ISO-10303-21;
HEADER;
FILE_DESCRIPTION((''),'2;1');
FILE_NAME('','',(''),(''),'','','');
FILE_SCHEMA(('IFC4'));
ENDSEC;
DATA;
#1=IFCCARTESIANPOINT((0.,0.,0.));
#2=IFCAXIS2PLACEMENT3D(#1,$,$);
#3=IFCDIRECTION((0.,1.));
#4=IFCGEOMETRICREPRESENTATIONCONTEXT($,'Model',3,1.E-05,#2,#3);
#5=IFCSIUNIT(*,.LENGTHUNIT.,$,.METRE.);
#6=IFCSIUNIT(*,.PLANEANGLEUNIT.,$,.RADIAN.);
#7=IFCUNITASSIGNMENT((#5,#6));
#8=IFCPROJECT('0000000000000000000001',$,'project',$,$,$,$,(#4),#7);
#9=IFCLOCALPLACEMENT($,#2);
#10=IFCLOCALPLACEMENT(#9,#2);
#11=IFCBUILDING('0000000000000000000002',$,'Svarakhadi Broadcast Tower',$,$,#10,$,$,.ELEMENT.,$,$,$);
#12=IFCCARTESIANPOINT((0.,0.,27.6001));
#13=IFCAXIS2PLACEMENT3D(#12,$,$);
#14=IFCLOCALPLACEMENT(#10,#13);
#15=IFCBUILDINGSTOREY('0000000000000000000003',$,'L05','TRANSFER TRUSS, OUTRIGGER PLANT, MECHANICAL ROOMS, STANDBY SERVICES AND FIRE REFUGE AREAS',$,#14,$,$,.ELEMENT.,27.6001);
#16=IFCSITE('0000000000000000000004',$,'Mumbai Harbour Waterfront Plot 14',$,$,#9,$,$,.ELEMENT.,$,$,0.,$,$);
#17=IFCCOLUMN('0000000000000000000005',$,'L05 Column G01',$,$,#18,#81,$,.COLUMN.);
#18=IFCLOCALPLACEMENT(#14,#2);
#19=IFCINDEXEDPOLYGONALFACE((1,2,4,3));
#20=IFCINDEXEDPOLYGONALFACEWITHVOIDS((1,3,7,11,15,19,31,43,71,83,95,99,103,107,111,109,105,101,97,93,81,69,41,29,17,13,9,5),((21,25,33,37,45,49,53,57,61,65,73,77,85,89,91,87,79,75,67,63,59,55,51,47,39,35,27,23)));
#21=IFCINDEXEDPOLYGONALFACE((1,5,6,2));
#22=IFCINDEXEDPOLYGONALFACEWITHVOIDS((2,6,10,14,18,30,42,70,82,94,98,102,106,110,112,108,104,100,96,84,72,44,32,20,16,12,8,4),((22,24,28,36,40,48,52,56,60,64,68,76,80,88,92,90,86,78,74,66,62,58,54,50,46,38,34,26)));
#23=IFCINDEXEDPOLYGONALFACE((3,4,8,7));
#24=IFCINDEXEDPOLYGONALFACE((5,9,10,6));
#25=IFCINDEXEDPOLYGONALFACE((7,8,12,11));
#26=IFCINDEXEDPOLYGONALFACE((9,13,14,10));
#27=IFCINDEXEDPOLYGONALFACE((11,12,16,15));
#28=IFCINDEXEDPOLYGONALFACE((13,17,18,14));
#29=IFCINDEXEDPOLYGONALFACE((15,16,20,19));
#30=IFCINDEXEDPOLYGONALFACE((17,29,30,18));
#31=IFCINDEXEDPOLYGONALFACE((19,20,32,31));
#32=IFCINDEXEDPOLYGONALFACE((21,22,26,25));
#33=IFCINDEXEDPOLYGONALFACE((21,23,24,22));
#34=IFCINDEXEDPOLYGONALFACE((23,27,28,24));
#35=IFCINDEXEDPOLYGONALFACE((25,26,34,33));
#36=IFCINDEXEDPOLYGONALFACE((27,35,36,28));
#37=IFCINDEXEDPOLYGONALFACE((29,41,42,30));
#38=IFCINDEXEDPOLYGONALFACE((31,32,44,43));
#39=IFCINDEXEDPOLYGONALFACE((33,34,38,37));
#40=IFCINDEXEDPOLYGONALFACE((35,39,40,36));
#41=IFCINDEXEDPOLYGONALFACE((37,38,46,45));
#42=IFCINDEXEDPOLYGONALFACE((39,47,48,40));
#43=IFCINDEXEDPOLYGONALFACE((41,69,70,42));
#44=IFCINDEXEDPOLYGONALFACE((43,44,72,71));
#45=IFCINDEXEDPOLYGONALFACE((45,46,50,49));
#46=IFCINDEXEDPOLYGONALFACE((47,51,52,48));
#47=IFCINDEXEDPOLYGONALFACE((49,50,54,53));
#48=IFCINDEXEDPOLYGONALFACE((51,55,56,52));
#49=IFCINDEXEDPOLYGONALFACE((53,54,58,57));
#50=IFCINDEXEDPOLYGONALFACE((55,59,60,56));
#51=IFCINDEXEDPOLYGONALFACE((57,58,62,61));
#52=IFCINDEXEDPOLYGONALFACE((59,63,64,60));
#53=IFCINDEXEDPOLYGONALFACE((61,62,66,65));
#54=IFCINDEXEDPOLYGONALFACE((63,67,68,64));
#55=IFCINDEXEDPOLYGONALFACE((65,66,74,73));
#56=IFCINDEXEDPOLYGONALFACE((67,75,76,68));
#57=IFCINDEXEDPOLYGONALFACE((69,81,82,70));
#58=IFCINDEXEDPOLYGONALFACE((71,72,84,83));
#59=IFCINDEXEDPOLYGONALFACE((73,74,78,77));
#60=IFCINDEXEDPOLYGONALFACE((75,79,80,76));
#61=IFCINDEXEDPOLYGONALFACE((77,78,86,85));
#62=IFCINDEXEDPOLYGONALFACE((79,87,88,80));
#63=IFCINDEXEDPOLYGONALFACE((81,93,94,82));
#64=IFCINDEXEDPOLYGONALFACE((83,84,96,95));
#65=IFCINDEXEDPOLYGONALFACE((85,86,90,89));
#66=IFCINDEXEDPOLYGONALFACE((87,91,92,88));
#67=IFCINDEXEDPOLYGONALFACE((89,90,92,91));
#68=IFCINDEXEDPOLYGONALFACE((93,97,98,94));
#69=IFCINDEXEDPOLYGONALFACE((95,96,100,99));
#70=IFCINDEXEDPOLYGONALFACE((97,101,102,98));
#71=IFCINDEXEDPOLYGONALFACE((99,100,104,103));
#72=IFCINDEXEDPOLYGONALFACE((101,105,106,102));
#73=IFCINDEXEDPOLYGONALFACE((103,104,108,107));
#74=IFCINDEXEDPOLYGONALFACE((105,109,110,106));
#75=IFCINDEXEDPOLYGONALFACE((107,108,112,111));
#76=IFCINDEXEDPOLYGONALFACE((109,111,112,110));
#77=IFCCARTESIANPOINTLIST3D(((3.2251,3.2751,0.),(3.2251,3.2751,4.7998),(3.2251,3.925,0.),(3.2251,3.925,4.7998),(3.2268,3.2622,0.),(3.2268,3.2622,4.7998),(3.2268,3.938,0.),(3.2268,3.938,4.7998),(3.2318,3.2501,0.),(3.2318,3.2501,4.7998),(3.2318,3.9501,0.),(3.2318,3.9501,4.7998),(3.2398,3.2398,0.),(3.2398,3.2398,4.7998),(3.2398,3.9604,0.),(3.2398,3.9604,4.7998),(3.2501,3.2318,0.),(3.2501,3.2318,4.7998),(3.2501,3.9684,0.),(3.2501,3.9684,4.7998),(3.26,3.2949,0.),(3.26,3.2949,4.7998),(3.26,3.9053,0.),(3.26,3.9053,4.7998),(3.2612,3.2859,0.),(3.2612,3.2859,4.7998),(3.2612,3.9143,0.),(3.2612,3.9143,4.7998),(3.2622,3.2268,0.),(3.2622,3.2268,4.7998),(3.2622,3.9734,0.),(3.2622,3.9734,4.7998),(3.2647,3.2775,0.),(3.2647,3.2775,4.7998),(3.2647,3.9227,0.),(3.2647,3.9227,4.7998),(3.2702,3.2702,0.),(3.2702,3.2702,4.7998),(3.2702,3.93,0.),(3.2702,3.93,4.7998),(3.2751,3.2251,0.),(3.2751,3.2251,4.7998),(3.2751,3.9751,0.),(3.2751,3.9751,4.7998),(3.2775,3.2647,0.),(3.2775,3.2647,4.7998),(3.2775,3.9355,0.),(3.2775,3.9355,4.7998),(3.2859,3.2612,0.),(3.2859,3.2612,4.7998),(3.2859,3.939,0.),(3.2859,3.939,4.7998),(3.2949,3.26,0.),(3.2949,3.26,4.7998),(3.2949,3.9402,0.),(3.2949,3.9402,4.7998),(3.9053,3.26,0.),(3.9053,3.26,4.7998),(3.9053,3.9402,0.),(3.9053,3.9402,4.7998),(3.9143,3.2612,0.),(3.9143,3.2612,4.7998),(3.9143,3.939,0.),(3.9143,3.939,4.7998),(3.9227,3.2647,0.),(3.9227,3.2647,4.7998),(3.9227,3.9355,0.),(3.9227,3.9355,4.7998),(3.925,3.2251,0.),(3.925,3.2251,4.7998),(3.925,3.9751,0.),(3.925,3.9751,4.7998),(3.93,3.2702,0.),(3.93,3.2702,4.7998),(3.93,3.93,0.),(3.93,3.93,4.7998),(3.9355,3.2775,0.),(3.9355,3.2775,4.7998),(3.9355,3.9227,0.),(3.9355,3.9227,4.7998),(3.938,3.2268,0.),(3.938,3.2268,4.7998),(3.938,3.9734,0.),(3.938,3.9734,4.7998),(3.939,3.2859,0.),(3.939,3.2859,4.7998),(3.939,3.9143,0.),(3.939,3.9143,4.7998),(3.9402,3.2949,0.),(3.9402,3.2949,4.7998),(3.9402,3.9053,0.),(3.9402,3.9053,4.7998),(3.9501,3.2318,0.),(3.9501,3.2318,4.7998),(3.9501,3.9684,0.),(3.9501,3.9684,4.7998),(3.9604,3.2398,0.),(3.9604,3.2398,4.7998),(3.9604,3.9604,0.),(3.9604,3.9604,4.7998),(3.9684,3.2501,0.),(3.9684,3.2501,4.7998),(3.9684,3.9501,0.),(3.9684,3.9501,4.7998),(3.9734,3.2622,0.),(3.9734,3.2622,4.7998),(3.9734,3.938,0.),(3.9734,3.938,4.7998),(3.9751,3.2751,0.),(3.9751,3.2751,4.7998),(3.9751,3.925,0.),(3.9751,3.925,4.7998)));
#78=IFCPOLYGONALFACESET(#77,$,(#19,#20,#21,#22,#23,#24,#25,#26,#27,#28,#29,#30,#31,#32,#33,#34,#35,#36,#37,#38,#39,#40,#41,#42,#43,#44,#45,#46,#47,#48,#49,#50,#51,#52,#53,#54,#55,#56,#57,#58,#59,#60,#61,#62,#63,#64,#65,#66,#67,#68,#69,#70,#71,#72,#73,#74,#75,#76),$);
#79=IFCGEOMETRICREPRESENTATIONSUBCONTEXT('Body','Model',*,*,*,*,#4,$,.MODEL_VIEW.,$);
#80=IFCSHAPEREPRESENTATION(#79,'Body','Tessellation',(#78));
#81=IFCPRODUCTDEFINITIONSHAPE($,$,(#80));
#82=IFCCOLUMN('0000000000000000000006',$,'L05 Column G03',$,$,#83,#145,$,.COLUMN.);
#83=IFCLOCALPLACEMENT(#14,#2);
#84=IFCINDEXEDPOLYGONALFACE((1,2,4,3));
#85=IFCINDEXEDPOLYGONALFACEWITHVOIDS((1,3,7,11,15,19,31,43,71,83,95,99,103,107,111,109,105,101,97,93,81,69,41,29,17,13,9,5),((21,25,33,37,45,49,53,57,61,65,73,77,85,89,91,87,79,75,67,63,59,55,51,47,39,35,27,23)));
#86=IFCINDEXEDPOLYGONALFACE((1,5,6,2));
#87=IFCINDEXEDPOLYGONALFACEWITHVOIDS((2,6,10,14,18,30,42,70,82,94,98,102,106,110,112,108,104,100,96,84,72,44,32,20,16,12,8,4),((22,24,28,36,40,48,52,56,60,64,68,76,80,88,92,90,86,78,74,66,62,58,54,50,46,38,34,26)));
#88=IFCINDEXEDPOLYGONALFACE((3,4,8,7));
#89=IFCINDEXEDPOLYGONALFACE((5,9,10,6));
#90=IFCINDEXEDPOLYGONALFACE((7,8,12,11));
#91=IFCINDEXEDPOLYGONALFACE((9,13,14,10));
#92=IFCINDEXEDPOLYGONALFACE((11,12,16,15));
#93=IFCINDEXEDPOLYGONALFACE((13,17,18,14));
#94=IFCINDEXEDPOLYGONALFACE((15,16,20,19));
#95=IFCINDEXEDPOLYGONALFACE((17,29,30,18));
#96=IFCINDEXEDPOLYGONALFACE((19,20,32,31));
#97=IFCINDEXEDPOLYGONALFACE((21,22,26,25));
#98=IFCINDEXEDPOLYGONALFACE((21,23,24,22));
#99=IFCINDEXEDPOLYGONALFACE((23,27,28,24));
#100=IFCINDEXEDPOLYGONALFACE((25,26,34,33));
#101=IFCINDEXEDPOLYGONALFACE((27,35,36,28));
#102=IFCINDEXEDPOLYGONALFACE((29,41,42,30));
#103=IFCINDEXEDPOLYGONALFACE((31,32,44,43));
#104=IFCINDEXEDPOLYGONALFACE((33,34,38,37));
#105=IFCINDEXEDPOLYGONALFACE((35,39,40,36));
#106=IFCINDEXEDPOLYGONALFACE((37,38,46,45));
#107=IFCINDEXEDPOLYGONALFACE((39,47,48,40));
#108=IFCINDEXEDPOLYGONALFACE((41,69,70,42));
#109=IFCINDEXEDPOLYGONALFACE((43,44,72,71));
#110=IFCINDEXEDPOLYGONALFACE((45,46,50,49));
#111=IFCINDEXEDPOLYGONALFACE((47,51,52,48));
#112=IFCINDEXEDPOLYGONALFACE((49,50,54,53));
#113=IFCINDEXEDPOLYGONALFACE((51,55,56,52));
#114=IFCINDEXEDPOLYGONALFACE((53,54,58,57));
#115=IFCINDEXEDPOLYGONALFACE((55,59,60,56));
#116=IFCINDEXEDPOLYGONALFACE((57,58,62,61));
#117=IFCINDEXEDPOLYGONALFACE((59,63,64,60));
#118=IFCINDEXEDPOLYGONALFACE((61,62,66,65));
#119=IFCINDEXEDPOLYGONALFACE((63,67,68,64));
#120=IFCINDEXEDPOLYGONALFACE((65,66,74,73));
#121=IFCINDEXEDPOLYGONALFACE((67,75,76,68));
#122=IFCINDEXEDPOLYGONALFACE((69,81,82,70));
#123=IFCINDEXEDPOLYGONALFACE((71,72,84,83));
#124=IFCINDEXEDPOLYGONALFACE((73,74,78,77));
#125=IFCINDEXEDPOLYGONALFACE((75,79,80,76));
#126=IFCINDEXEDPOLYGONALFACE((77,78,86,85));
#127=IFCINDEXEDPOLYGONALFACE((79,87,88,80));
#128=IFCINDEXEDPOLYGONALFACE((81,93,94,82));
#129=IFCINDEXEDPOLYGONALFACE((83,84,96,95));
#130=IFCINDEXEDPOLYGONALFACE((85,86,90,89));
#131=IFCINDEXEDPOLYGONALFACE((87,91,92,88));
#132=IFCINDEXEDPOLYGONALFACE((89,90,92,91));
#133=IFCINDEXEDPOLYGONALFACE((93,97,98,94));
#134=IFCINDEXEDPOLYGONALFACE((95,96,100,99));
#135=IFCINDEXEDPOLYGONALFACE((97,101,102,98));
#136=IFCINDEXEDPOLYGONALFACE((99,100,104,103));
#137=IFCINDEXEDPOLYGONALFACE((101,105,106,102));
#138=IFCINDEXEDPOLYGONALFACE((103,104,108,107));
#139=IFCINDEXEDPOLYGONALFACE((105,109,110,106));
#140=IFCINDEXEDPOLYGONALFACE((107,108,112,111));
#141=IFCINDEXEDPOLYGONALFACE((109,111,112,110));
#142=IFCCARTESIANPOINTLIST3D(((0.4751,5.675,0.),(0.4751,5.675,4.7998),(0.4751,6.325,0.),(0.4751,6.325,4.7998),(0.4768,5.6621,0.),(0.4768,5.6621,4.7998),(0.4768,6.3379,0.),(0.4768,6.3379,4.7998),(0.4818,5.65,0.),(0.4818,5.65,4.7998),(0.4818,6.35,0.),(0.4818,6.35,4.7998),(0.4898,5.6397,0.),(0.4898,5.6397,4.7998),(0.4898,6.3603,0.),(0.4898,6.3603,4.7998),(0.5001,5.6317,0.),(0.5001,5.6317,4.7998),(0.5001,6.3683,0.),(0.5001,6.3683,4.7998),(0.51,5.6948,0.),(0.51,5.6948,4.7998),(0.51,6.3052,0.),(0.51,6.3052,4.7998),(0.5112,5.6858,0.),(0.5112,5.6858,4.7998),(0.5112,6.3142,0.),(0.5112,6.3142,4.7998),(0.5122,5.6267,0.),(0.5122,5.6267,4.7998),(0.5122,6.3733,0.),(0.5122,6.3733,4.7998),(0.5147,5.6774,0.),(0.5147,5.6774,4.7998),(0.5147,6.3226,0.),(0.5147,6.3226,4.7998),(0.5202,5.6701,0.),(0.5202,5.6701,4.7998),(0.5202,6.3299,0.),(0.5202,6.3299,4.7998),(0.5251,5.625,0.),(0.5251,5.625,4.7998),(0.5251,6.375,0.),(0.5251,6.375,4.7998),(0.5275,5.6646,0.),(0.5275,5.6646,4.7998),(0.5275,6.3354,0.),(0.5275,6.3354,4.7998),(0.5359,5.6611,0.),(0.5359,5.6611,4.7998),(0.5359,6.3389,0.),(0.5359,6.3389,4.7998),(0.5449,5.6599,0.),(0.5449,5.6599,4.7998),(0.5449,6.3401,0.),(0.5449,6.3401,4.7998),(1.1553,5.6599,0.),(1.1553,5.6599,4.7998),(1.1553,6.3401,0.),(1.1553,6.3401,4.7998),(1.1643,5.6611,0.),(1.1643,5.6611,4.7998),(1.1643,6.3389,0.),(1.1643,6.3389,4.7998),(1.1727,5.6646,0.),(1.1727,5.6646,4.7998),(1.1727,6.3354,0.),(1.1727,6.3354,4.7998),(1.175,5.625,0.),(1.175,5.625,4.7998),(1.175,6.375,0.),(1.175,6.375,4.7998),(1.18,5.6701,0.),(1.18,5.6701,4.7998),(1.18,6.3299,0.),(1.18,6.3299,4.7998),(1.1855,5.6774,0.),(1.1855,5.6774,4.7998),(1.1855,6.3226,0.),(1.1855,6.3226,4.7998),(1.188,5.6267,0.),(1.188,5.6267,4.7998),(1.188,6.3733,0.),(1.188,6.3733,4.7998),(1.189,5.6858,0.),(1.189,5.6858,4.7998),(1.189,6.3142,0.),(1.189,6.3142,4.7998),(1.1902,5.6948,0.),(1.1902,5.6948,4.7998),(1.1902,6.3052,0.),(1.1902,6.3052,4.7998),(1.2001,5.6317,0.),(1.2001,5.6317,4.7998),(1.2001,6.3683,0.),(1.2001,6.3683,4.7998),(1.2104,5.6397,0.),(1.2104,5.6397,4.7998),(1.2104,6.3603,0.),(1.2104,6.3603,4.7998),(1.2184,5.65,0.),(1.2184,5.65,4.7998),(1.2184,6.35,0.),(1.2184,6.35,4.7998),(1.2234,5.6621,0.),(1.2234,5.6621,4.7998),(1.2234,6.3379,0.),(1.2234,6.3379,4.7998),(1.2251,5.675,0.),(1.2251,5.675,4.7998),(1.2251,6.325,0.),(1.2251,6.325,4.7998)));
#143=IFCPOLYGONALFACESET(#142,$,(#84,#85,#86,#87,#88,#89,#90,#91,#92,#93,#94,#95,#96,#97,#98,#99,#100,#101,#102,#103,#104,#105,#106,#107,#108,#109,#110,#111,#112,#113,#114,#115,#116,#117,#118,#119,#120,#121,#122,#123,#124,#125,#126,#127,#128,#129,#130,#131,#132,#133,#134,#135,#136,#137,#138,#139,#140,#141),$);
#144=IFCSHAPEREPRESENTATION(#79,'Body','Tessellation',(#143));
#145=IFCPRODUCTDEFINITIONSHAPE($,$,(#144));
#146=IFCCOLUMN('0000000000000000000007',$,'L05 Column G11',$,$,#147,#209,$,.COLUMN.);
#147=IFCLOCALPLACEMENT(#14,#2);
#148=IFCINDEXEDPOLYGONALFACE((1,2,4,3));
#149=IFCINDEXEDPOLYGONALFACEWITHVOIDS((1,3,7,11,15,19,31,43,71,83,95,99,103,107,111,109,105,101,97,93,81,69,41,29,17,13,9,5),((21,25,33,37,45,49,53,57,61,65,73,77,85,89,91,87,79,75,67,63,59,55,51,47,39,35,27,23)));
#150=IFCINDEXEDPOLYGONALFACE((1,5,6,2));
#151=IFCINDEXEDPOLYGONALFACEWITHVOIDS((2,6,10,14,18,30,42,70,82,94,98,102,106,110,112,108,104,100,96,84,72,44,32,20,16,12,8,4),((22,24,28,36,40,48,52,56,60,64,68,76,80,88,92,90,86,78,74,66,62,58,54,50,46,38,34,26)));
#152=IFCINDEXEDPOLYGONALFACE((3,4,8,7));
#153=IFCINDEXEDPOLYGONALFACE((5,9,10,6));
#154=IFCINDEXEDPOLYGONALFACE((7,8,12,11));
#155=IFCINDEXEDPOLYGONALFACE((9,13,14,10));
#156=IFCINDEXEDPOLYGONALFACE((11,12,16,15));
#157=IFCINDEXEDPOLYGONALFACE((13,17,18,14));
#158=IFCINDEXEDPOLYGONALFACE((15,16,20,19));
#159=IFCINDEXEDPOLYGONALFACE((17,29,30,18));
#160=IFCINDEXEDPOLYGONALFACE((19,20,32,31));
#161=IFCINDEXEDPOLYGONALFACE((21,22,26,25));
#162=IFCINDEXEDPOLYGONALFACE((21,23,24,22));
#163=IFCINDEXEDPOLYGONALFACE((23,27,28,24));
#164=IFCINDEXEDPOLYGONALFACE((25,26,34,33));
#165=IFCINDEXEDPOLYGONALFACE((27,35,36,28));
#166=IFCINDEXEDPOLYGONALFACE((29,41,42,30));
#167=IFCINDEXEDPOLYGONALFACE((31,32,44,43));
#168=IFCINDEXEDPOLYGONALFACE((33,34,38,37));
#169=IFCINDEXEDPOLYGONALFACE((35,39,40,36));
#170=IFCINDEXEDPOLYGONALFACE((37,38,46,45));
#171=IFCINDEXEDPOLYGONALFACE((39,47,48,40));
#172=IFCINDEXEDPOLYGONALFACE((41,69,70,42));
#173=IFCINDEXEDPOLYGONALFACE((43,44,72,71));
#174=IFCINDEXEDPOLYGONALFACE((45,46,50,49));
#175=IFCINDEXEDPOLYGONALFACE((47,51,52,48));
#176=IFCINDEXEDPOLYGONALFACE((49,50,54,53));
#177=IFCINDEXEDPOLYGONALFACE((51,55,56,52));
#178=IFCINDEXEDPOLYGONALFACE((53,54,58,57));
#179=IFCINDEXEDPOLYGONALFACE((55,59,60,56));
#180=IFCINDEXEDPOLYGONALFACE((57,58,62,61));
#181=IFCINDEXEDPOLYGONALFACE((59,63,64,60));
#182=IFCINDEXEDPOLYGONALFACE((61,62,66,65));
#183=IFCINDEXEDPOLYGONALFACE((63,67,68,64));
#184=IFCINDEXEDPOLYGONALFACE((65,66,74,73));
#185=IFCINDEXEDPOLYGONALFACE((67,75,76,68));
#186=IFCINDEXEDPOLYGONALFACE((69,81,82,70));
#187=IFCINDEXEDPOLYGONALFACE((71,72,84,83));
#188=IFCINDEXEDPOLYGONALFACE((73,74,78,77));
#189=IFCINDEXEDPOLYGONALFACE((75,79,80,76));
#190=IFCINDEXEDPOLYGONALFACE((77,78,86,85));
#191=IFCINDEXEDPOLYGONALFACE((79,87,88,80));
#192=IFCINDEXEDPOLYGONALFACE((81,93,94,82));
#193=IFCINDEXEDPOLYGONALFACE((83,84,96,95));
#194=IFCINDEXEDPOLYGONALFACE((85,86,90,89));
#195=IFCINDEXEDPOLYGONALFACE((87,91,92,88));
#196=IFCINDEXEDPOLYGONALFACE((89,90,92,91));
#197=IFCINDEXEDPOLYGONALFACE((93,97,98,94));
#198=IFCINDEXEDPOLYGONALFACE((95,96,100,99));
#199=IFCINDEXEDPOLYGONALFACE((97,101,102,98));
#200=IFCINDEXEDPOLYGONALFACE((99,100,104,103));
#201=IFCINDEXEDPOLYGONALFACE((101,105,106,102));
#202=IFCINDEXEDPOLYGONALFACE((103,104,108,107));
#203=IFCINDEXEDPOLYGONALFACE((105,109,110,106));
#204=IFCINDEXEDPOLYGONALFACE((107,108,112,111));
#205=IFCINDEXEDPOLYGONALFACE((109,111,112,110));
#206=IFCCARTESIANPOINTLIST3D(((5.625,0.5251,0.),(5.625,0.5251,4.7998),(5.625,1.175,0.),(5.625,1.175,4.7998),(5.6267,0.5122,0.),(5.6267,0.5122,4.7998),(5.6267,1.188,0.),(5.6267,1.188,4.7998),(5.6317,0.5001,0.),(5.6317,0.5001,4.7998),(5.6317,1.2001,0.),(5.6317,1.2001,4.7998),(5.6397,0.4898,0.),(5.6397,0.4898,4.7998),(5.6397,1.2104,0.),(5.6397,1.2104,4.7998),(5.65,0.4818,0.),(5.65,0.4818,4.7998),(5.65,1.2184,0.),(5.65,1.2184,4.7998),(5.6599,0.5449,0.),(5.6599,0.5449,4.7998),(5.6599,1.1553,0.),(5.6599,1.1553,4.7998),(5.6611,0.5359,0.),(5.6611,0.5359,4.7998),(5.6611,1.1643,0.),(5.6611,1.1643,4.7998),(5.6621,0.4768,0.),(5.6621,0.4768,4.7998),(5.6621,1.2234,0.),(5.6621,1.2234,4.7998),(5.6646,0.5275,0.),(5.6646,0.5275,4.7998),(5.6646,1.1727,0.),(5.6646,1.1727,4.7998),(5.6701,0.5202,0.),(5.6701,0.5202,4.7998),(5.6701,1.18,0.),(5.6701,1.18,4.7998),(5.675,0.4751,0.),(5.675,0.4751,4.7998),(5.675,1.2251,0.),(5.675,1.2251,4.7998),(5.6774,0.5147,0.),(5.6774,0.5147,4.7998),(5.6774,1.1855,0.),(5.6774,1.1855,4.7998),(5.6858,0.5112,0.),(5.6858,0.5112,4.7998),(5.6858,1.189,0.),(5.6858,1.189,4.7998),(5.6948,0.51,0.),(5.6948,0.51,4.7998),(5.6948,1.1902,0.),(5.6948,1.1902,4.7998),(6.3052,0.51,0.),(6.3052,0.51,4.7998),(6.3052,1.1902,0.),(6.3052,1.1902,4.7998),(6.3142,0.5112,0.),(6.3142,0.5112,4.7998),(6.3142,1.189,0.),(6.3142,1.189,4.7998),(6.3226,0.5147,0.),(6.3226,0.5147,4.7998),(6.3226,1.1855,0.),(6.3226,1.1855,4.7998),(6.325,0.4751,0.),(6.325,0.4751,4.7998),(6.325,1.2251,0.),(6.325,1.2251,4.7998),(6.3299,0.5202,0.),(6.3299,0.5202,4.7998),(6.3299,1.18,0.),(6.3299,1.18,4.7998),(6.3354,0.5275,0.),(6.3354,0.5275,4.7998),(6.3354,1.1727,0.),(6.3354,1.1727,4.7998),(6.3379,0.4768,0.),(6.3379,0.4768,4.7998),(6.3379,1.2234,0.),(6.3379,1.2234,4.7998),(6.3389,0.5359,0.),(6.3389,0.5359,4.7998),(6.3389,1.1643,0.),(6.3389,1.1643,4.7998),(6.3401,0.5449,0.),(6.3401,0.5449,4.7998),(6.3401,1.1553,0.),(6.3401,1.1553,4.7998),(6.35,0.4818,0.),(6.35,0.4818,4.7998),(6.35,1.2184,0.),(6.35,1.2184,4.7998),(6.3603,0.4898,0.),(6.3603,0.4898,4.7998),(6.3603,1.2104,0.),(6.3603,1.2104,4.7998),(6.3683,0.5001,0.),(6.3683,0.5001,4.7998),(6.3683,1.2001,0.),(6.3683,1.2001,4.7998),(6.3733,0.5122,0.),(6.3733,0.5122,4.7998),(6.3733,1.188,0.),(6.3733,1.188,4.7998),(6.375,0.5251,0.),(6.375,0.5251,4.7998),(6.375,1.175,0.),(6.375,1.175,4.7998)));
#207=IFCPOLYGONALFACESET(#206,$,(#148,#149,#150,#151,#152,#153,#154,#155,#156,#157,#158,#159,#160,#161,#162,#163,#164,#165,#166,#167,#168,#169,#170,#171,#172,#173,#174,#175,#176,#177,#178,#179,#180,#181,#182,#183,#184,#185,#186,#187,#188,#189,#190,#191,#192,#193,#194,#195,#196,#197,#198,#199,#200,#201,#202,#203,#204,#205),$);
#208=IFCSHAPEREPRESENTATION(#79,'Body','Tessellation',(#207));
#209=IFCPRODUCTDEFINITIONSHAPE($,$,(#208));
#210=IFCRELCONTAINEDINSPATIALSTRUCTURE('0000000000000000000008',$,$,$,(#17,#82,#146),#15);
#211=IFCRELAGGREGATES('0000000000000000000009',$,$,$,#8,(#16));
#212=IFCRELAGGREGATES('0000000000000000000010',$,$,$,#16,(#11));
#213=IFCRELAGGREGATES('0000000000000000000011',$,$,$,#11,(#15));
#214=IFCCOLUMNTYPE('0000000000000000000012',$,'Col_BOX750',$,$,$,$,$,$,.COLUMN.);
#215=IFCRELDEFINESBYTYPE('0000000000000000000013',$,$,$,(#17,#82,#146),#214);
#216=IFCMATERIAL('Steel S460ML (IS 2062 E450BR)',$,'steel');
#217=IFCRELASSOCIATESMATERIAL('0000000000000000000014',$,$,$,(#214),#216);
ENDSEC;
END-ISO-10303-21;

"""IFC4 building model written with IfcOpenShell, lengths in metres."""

from ifc_helpers import new_model, si_unit, direction, frame, origin, origin_2d, place, context, subcontext, project, spatial, hollow_rectangle, extrude, material, material_profile, profile_set, type_object, element, save


model = new_model("IFC4")

# Units and contexts
model_context = context("Model", 3, precision=1e-05, world=origin(), true_north=direction((0.0, 1.0)))
body_context = subcontext(model_context, "Body", "Model", "MODEL_VIEW")
ifc_project = project(units=[si_unit("LENGTHUNIT", "METRE"), si_unit("PLANEANGLEUNIT", "RADIAN")], contexts=[model_context])

# Site, building, storey
site_placement = place(None, origin())
site = spatial("IfcSite", under=ifc_project, at=site_placement, Name="Mumbai Harbour Waterfront Plot 14", CompositionType="ELEMENT", RefElevation=0.0)
building_placement = place(site_placement, origin())
building = spatial("IfcBuilding", under=site, at=building_placement, Name="Svarakhadi Broadcast Tower", CompositionType="ELEMENT")
storey_placement = place(building_placement, frame((0.0, 0.0, 27.6001)))
storey = spatial("IfcBuildingStorey", under=building, at=storey_placement, Name="L05", Description="TRANSFER TRUSS, OUTRIGGER PLANT, MECHANICAL ROOMS, STANDBY SERVICES AND FIRE REFUGE AREAS", CompositionType="ELEMENT", Elevation=27.6001)

# Columns
ifc_material_1 = material(Name="Steel S460ML (IS 2062 E450BR)", Category="steel")
ifc_material_profile_1 = material_profile(ifc_material_1, hollow_rectangle(XDim=0.75, YDim=0.75, WallThickness=0.0349, InnerFilletRadius=0.0349, OuterFilletRadius=0.05, at=origin_2d()), Name="BOX 750x750x35")
ifc_profile_set_1 = profile_set([ifc_material_profile_1], Name="Steel S460ML (IS 2062 E450BR)")
column_type_1 = type_object("IfcColumnType", Name="Col_BOX750", PredefinedType="COLUMN", material=ifc_profile_set_1)
for number, where, z_axis, x_axis, name in (
    (1, (3.6001, 3.6001, 0.0), (0.0, 0.0, 1.0), (1.0, 0.0, 0.0), "L05 Column G01"),
    (2, (0.8501, 6.0, 0.0), (0.0, 0.0, 1.0), (1.0, 0.0, 0.0), "L05 Column G03"),
    (3, (6.0, 0.8501, 0.0), (0.0, 0.0, 1.0), (1.0, 0.0, 0.0), "L05 Column G11"),
):
    element("IfcColumn", number, at=place(storey_placement, frame(where, z_axis=z_axis, x_axis=x_axis)), inside=storey, type_object=column_type_1, Name=name, PredefinedType="COLUMN", context=body_context, shape_type="SweptSolid", body=[
        extrude(hollow_rectangle(XDim=0.75, YDim=0.75, WallThickness=0.0349, InnerFilletRadius=0.0349, OuterFilletRadius=0.05, at=origin_2d()), origin(), (0.0, 0.0, 1.0), 4.7998),
    ])

save(model, "model.ifc")
